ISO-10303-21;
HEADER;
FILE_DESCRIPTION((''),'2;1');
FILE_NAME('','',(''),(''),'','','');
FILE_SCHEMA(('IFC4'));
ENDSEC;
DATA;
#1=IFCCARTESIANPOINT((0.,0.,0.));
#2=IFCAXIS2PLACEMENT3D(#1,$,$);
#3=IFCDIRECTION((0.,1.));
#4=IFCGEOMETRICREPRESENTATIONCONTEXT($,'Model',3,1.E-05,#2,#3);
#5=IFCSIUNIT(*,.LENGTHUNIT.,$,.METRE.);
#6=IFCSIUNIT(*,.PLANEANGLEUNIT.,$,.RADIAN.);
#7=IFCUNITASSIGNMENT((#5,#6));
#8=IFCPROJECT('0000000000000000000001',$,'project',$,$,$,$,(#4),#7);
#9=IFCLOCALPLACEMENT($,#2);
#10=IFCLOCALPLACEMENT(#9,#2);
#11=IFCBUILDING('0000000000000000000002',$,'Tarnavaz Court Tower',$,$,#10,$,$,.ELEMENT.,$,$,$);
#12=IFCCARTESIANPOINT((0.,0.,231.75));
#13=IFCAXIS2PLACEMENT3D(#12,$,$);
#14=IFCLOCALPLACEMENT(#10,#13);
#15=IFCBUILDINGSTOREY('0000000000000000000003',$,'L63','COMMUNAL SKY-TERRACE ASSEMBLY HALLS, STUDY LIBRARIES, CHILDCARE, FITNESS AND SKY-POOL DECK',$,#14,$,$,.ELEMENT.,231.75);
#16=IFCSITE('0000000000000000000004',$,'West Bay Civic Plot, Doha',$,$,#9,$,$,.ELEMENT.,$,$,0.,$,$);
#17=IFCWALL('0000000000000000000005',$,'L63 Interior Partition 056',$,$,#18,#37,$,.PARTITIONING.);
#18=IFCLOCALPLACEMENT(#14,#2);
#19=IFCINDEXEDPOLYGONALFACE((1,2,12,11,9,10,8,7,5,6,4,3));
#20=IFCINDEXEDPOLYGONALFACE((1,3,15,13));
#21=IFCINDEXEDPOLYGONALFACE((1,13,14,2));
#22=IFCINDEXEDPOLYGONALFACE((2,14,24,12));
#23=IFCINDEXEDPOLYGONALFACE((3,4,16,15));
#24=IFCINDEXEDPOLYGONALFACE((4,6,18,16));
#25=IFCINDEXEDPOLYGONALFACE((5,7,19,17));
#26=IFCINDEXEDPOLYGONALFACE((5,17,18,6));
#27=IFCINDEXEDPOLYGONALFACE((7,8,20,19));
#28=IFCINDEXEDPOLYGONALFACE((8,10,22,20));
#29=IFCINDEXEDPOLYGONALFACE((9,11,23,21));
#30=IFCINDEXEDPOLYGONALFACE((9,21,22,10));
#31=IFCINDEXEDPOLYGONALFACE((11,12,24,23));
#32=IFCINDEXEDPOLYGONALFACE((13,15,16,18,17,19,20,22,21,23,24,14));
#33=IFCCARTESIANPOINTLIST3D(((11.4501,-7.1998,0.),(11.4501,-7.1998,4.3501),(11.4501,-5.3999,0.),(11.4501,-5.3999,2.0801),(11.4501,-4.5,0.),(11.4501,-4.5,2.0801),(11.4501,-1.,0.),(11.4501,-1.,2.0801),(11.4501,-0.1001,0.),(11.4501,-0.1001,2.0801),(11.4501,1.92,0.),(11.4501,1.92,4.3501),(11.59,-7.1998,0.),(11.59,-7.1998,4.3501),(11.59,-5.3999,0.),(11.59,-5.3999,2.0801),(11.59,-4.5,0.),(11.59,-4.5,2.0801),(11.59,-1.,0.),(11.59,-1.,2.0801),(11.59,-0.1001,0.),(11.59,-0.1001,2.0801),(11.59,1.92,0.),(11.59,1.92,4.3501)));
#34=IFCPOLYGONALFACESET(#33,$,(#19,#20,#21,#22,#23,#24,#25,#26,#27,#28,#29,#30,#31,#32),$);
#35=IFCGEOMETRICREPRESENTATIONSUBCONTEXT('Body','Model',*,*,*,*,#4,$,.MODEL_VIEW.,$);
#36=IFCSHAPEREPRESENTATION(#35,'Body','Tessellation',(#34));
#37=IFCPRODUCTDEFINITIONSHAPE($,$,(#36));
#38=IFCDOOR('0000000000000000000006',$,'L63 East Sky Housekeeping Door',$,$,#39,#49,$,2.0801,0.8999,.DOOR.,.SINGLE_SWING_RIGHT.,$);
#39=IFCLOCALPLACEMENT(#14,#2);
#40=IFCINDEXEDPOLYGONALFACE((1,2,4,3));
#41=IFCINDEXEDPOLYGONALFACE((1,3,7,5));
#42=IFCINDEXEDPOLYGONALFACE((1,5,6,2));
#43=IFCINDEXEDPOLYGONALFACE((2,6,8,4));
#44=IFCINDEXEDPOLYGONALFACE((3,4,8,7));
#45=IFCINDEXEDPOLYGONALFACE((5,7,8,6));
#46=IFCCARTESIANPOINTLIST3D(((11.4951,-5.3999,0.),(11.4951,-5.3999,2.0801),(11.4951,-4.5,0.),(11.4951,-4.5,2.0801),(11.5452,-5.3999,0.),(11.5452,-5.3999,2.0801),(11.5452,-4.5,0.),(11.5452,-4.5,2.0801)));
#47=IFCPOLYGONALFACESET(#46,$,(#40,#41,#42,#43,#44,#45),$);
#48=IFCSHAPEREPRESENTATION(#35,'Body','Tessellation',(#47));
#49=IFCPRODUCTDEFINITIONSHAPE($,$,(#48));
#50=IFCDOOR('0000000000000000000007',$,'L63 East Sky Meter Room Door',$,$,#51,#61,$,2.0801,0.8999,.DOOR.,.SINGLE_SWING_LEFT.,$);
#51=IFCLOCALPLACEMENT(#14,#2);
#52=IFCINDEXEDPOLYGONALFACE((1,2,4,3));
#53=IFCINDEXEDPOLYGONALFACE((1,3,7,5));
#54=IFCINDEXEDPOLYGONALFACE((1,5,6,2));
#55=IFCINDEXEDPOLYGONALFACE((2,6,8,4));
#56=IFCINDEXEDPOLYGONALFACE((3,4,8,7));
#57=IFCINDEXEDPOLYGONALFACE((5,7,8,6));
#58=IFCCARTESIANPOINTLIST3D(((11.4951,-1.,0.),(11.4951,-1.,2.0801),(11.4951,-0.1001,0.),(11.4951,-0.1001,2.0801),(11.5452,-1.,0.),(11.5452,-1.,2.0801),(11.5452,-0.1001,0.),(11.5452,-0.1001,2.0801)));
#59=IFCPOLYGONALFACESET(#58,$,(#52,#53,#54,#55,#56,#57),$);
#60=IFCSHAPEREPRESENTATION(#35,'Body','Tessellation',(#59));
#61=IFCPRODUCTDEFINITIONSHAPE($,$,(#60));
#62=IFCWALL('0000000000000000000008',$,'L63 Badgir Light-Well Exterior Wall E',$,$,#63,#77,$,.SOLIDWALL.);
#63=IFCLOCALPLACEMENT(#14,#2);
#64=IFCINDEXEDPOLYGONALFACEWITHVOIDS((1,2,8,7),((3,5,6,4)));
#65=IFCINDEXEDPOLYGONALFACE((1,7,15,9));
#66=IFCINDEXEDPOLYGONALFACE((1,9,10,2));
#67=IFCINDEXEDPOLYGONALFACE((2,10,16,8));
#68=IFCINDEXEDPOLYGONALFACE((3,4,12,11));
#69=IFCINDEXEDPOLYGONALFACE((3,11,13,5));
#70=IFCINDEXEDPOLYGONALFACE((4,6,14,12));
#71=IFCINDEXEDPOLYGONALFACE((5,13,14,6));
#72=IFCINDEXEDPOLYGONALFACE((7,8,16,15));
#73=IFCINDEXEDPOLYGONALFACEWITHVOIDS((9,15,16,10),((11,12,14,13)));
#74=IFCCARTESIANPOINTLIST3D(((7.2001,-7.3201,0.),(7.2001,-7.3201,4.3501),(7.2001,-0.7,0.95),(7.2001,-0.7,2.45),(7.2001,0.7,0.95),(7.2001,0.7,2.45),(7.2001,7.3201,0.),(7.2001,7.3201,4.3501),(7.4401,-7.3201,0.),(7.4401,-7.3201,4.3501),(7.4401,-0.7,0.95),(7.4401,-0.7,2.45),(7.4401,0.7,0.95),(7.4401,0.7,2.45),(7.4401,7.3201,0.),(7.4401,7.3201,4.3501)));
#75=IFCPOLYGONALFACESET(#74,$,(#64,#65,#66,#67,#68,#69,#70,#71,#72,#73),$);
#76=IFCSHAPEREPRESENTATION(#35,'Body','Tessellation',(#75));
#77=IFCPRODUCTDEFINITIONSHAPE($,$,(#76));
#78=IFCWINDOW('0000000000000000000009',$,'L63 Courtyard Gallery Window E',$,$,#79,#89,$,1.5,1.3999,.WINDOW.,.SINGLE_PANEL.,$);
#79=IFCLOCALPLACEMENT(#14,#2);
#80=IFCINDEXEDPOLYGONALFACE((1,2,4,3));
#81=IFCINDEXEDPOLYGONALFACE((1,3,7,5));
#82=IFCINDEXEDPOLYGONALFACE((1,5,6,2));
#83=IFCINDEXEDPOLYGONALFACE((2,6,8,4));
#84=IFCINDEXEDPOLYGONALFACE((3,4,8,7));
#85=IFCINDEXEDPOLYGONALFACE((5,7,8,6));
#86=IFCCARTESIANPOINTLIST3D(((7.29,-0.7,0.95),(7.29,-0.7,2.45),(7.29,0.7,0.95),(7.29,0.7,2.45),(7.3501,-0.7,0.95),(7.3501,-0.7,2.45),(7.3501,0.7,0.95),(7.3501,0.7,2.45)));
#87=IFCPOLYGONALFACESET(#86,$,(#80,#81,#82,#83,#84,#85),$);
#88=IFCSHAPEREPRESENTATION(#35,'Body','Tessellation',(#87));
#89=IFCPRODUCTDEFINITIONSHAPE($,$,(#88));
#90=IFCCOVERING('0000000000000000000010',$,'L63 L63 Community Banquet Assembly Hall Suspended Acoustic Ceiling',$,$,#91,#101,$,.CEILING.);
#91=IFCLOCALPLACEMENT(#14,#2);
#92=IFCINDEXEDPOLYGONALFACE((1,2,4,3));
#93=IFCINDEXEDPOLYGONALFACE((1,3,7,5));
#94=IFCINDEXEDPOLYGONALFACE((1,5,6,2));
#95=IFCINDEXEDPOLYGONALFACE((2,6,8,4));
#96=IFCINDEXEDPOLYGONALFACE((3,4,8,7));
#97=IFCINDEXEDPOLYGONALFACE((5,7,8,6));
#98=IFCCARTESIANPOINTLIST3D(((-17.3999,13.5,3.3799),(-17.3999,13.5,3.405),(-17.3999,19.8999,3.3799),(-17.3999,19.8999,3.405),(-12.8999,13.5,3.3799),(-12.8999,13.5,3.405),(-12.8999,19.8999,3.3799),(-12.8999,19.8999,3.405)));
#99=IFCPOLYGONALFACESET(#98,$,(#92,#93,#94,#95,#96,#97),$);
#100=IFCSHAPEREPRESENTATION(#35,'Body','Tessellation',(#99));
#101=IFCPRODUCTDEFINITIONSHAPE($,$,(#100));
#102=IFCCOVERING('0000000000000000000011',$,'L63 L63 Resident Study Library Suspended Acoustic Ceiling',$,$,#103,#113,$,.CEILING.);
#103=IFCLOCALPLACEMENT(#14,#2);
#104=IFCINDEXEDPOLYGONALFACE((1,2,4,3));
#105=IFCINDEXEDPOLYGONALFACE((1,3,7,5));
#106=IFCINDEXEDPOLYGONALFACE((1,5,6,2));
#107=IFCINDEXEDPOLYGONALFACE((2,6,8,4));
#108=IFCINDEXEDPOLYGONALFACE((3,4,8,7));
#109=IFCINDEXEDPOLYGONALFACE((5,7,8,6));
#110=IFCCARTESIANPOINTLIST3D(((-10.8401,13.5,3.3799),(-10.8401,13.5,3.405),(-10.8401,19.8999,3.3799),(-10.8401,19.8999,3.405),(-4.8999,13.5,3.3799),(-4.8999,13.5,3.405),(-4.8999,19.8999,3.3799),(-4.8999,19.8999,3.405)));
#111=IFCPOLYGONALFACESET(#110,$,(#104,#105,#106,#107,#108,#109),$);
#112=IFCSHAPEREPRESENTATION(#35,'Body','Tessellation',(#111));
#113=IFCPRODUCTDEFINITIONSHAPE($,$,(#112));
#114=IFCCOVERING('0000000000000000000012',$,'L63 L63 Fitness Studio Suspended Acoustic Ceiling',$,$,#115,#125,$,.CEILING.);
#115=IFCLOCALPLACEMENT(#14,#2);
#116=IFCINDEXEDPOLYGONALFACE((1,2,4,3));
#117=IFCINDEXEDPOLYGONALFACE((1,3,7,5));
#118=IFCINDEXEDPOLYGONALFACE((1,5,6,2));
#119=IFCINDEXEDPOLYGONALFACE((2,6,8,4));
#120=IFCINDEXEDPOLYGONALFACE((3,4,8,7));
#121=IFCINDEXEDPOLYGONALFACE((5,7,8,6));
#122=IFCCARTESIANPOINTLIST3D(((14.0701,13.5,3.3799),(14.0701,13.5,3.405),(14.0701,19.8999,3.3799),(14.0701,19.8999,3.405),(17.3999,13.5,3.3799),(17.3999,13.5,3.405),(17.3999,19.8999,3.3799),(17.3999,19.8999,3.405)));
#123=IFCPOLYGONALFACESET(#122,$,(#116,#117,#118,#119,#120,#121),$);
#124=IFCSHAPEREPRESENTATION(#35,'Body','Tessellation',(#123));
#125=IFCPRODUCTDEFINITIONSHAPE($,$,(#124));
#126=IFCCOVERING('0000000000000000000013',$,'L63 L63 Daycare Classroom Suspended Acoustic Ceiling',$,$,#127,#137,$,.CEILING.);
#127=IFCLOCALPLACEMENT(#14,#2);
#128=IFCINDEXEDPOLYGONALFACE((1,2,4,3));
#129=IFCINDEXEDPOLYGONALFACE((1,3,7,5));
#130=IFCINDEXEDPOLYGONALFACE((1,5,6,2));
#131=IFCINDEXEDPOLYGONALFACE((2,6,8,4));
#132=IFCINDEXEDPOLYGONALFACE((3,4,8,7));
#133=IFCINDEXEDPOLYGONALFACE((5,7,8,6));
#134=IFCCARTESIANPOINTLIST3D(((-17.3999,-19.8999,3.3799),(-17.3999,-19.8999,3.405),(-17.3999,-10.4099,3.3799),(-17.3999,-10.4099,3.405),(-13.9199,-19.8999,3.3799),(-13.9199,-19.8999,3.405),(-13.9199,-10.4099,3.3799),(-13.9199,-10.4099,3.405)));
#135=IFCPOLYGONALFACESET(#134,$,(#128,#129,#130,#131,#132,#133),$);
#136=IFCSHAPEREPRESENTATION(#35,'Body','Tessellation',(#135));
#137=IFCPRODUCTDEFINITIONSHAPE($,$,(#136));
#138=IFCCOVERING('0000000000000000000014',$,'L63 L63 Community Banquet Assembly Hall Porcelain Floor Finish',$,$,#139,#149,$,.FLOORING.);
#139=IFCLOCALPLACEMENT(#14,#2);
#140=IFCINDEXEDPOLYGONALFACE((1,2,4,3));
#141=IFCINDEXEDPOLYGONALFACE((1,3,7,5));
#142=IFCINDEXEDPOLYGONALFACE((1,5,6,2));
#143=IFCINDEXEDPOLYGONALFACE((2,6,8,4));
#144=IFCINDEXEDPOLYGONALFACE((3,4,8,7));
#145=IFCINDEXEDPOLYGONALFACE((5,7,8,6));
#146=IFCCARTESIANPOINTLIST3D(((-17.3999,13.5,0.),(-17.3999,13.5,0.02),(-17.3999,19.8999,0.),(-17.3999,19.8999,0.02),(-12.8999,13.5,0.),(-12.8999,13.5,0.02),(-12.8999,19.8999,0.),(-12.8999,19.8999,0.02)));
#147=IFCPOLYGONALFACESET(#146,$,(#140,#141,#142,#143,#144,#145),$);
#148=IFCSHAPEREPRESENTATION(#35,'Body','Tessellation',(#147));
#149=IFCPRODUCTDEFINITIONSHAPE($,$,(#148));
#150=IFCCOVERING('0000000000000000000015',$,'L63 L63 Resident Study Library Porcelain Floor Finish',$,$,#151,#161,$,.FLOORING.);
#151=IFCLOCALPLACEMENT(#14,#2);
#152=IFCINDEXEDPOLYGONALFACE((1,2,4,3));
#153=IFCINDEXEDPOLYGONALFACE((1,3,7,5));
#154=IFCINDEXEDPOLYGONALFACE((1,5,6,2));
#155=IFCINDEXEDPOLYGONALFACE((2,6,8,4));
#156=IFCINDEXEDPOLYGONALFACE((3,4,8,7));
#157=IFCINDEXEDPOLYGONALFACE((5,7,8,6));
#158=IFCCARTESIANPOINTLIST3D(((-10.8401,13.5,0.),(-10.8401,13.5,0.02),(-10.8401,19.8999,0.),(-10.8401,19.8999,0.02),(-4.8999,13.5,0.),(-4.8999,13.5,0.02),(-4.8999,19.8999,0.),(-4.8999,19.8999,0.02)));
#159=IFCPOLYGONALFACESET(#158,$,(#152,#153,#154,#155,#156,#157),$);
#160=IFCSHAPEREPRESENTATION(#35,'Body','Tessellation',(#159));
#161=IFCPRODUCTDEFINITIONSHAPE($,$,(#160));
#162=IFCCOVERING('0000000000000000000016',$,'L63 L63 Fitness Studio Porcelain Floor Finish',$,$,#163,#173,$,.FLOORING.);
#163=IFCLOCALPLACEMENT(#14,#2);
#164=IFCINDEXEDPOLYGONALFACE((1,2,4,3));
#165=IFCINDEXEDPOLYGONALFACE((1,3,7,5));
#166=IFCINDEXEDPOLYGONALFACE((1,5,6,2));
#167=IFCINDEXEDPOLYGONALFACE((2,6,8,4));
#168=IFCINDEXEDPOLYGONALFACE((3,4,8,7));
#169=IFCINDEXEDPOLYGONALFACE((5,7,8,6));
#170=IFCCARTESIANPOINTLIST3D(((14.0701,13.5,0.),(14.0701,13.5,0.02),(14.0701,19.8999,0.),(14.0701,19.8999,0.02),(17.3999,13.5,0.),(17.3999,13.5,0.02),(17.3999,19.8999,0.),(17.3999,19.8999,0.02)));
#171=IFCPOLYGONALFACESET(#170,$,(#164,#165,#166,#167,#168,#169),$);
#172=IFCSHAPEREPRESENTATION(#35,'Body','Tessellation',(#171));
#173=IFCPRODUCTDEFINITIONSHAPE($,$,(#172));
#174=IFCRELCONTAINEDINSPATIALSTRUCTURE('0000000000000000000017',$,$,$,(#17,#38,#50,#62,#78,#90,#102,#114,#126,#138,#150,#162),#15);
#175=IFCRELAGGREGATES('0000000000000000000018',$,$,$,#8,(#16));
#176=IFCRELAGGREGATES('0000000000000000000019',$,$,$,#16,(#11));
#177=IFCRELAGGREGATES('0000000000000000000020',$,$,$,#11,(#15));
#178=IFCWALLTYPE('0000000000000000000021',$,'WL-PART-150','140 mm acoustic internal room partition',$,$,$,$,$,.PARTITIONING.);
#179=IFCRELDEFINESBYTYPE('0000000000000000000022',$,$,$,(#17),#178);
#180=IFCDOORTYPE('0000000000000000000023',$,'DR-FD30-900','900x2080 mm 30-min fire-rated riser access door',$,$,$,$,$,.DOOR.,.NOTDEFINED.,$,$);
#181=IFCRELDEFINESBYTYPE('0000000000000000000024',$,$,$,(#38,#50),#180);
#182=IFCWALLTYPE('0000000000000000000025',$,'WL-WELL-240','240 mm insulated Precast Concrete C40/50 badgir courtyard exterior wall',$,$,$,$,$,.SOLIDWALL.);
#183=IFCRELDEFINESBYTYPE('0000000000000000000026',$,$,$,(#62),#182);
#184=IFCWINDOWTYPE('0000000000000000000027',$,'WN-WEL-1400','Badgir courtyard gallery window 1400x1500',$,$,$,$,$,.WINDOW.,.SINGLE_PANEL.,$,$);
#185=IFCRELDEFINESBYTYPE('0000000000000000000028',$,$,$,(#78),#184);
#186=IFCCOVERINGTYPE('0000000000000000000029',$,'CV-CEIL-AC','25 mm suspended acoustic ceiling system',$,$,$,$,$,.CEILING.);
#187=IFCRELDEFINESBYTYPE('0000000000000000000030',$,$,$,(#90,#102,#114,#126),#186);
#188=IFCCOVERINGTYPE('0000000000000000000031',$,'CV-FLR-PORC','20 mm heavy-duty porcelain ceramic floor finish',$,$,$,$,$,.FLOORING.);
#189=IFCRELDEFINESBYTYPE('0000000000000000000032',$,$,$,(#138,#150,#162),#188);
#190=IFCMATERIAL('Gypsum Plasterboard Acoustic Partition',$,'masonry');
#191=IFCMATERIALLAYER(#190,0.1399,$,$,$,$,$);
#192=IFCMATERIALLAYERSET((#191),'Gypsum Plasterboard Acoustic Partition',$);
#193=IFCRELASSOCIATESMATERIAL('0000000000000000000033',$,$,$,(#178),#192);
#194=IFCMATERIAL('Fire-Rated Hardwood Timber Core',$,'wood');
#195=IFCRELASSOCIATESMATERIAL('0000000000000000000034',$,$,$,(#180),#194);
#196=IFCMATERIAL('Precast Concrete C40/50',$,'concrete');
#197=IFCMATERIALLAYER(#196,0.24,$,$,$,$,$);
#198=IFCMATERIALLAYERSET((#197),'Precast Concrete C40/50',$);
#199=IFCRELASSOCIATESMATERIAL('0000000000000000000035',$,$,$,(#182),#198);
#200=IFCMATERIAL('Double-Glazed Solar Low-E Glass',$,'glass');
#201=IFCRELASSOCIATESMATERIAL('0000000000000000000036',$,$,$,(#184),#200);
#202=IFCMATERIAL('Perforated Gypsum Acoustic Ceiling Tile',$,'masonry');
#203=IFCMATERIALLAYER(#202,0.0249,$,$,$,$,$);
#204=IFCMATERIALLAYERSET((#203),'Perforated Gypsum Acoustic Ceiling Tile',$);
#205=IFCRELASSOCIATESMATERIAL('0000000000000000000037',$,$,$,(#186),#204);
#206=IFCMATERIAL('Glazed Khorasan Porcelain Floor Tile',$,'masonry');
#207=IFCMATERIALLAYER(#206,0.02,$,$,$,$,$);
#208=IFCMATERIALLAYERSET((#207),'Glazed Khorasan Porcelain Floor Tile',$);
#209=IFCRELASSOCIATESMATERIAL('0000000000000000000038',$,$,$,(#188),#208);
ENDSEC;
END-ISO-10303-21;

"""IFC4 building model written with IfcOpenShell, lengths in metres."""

from ifc_helpers import new_model, si_unit, direction, frame, frame_2d, origin, place, context, subcontext, project, spatial, polyline, rectangle, outline, extrude, material, layer, layer_set, type_object, element, fill, save


model = new_model("IFC4")

# Units and contexts
model_context = context("Model", 3, precision=1e-05, world=origin(), true_north=direction((0.0, 1.0)))
body_context = subcontext(model_context, "Body", "Model", "MODEL_VIEW")
ifc_project = project(units=[si_unit("LENGTHUNIT", "METRE"), si_unit("PLANEANGLEUNIT", "RADIAN")], contexts=[model_context])

# Site, building, storey
site_placement = place(None, origin())
site = spatial("IfcSite", under=ifc_project, at=site_placement, Name="West Bay Civic Plot, Doha", CompositionType="ELEMENT", RefElevation=0.0)
building_placement = place(site_placement, origin())
building = spatial("IfcBuilding", under=site, at=building_placement, Name="Tarnavaz Court Tower", CompositionType="ELEMENT")
storey_placement = place(building_placement, frame((0.0, 0.0, 231.75)))
storey = spatial("IfcBuildingStorey", under=building, at=storey_placement, Name="L63", Description="COMMUNAL SKY-TERRACE ASSEMBLY HALLS, STUDY LIBRARIES, CHILDCARE, FITNESS AND SKY-POOL DECK", CompositionType="ELEMENT", Elevation=231.75)

# Shared definitions
ifc_material_1 = material(Name="Double-Glazed Solar Low-E Glass", Category="glass")

# Wall, openings, doors
ifc_material_2 = material(Name="Gypsum Plasterboard Acoustic Partition", Category="masonry")
ifc_layer_1 = layer(ifc_material_2, 0.1399)
ifc_layer_set_1 = layer_set([ifc_layer_1], Name="Gypsum Plasterboard Acoustic Partition")
wall_type_1 = type_object("IfcWallType", Name="WL-PART-150", Description="140 mm acoustic internal room partition", PredefinedType="PARTITIONING", material=ifc_layer_set_1)
wall_1_placement = place(storey_placement, frame((11.52, -7.2, 0.0), z_axis=(0.0, 0.0, 1.0), x_axis=(0.0, 1.0, 0.0)))
wall_1 = element("IfcWall", 1, at=wall_1_placement, inside=storey, type_object=wall_type_1, Name="L63 Interior Partition 056", PredefinedType="PARTITIONING", context=body_context, shape_type="SweptSolid", body=[
    extrude(rectangle(XDim=9.1199, YDim=0.1399, at=frame_2d((4.5601, 0.0))), origin(), (0.0, 0.0, 1.0), 4.3501),
])
opening_1_placement = place(wall_1_placement, frame((1.8, 0.0, 0.0)))
opening_1 = element("IfcOpeningElement", 2, at=opening_1_placement, cuts=wall_1, PredefinedType="OPENING", context=body_context, shape_type="SweptSolid", body=[
    extrude(rectangle(XDim=0.8999, YDim=2.0801, at=frame_2d((0.45, 1.04))), frame((0.0, 0.0798, 0.0), z_axis=(0.0, -1.0, 0.0), x_axis=(1.0, 0.0, 0.0)), (0.0, 0.0, 1.0), 0.1599),
])
opening_2_placement = place(wall_1_placement, frame((6.2, 0.0, 0.0)))
opening_2 = element("IfcOpeningElement", 3, at=opening_2_placement, cuts=wall_1, PredefinedType="OPENING", context=body_context, shape_type="SweptSolid", body=[
    extrude(rectangle(XDim=0.8999, YDim=2.0801, at=frame_2d((0.45, 1.04))), frame((0.0, 0.0798, 0.0), z_axis=(0.0, -1.0, 0.0), x_axis=(1.0, 0.0, 0.0)), (0.0, 0.0, 1.0), 0.1599),
])
ifc_material_3 = material(Name="Fire-Rated Hardwood Timber Core", Category="wood")
door_type = type_object("IfcDoorType", Name="DR-FD30-900", Description="900x2080 mm 30-min fire-rated riser access door", OperationType="NOTDEFINED", PredefinedType="DOOR", material=ifc_material_3)
door_1_placement = place(opening_1_placement, origin())
door_1 = element("IfcDoor", 4, at=door_1_placement, inside=storey, type_object=door_type, Name="L63 East Sky Housekeeping Door", OperationType="SINGLE_SWING_RIGHT", OverallHeight=2.0801, OverallWidth=0.8999, PredefinedType="DOOR", context=body_context, shape_type="SweptSolid", body=[
    extrude(rectangle(XDim=0.8999, YDim=2.0801, at=frame_2d((0.45, 1.04))), frame((0.0, 0.0249, 0.0), z_axis=(0.0, -1.0, 0.0), x_axis=(1.0, 0.0, 0.0)), (0.0, 0.0, 1.0), 0.05),
])
fill(opening_1, door_1)
door_2_placement = place(opening_2_placement, origin())
door_2 = element("IfcDoor", 5, at=door_2_placement, inside=storey, type_object=door_type, Name="L63 East Sky Meter Room Door", OperationType="SINGLE_SWING_LEFT", OverallHeight=2.0801, OverallWidth=0.8999, PredefinedType="DOOR", context=body_context, shape_type="SweptSolid", body=[
    extrude(rectangle(XDim=0.8999, YDim=2.0801, at=frame_2d((0.45, 1.04))), frame((0.0, 0.0249, 0.0), z_axis=(0.0, -1.0, 0.0), x_axis=(1.0, 0.0, 0.0)), (0.0, 0.0, 1.0), 0.05),
])
fill(opening_2, door_2)

# Wall, opening, window
ifc_material_4 = material(Name="Precast Concrete C40/50", Category="concrete")
ifc_layer_2 = layer(ifc_material_4, 0.24)
ifc_layer_set_2 = layer_set([ifc_layer_2], Name="Precast Concrete C40/50")
wall_type_2 = type_object("IfcWallType", Name="WL-WELL-240", Description="240 mm insulated Precast Concrete C40/50 badgir courtyard exterior wall", PredefinedType="SOLIDWALL", material=ifc_layer_set_2)
wall_2_placement = place(storey_placement, frame((7.3201, -7.3201, 0.0), z_axis=(0.0, 0.0, 1.0), x_axis=(0.0, 1.0, 0.0)))
wall_2 = element("IfcWall", 6, at=wall_2_placement, inside=storey, type_object=wall_type_2, Name="L63 Badgir Light-Well Exterior Wall E", PredefinedType="SOLIDWALL", context=body_context, shape_type="SweptSolid", body=[
    extrude(rectangle(XDim=14.6401, YDim=0.24, at=frame_2d((7.3201, 0.0))), origin(), (0.0, 0.0, 1.0), 4.3501),
])
opening_3_placement = place(wall_2_placement, frame((6.6201, 0.0, 0.95)))
opening_3 = element("IfcOpeningElement", 7, at=opening_3_placement, cuts=wall_2, PredefinedType="OPENING", context=body_context, shape_type="SweptSolid", body=[
    extrude(rectangle(XDim=1.3999, YDim=1.5, at=frame_2d((0.7, 0.75))), frame((0.0, 0.1299, 0.0), z_axis=(0.0, -1.0, 0.0), x_axis=(1.0, 0.0, 0.0)), (0.0, 0.0, 1.0), 0.26),
])
window_type = type_object("IfcWindowType", Name="WN-WEL-1400", Description="Badgir courtyard gallery window 1400x1500", PartitioningType="SINGLE_PANEL", PredefinedType="WINDOW", material=ifc_material_1)
window_placement = place(opening_3_placement, origin())
window = element("IfcWindow", 8, at=window_placement, inside=storey, type_object=window_type, Name="L63 Courtyard Gallery Window E", OverallHeight=1.5, OverallWidth=1.3999, PartitioningType="SINGLE_PANEL", PredefinedType="WINDOW", context=body_context, shape_type="SweptSolid", body=[
    extrude(rectangle(XDim=1.3999, YDim=1.5, at=frame_2d((0.7, 0.75))), frame((0.0, 0.03, 0.0), z_axis=(0.0, -1.0, 0.0), x_axis=(1.0, 0.0, 0.0)), (0.0, 0.0, 1.0), 0.0601),
])
fill(opening_3, window)

# Coverings
ifc_material_5 = material(Name="Perforated Gypsum Acoustic Ceiling Tile", Category="masonry")
ifc_layer_3 = layer(ifc_material_5, 0.0249)
ifc_layer_set_3 = layer_set([ifc_layer_3], Name="Perforated Gypsum Acoustic Ceiling Tile")
covering_type_1 = type_object("IfcCoveringType", Name="CV-CEIL-AC", Description="25 mm suspended acoustic ceiling system", PredefinedType="CEILING", material=ifc_layer_set_3)
covering_1_placement = place(storey_placement, frame((0.0, 0.0, 3.3799)))
element("IfcCovering", 9, at=covering_1_placement, inside=storey, type_object=covering_type_1, Name="L63 L63 Community Banquet Assembly Hall Suspended Acoustic Ceiling", PredefinedType="CEILING", context=body_context, shape_type="SweptSolid", body=[
    extrude(outline(polyline([(-17.3999, 13.5), (-12.8999, 13.5), (-12.8999, 19.8999), (-17.3999, 19.8999), (-17.3999, 13.5)])), origin(), (0.0, 0.0, 1.0), 0.0251),
])
covering_2_placement = place(storey_placement, frame((0.0, 0.0, 3.3799)))
element("IfcCovering", 10, at=covering_2_placement, inside=storey, type_object=covering_type_1, Name="L63 L63 Resident Study Library Suspended Acoustic Ceiling", PredefinedType="CEILING", context=body_context, shape_type="SweptSolid", body=[
    extrude(outline(polyline([(-10.8401, 13.5), (-4.8999, 13.5), (-4.8999, 19.8999), (-10.8401, 19.8999), (-10.8401, 13.5)])), origin(), (0.0, 0.0, 1.0), 0.0251),
])
covering_3_placement = place(storey_placement, frame((0.0, 0.0, 3.3799)))
element("IfcCovering", 11, at=covering_3_placement, inside=storey, type_object=covering_type_1, Name="L63 L63 Fitness Studio Suspended Acoustic Ceiling", PredefinedType="CEILING", context=body_context, shape_type="SweptSolid", body=[
    extrude(outline(polyline([(14.0701, 13.5), (17.3999, 13.5), (17.3999, 19.8999), (14.0701, 19.8999), (14.0701, 13.5)])), origin(), (0.0, 0.0, 1.0), 0.0251),
])
covering_4_placement = place(storey_placement, frame((0.0, 0.0, 3.3799)))
element("IfcCovering", 12, at=covering_4_placement, inside=storey, type_object=covering_type_1, Name="L63 L63 Daycare Classroom Suspended Acoustic Ceiling", PredefinedType="CEILING", context=body_context, shape_type="SweptSolid", body=[
    extrude(outline(polyline([(-17.3999, -19.8999), (-13.9199, -19.8999), (-13.9199, -10.4099), (-17.3999, -10.4099), (-17.3999, -19.8999)])), origin(), (0.0, 0.0, 1.0), 0.0251),
])
ifc_material_6 = material(Name="Glazed Khorasan Porcelain Floor Tile", Category="masonry")
ifc_layer_4 = layer(ifc_material_6, 0.02)
ifc_layer_set_4 = layer_set([ifc_layer_4], Name="Glazed Khorasan Porcelain Floor Tile")
covering_type_2 = type_object("IfcCoveringType", Name="CV-FLR-PORC", Description="20 mm heavy-duty porcelain ceramic floor finish", PredefinedType="FLOORING", material=ifc_layer_set_4)
covering_5_placement = place(storey_placement, origin())
element("IfcCovering", 13, at=covering_5_placement, inside=storey, type_object=covering_type_2, Name="L63 L63 Community Banquet Assembly Hall Porcelain Floor Finish", PredefinedType="FLOORING", context=body_context, shape_type="SweptSolid", body=[
    extrude(outline(polyline([(-17.3999, 13.5), (-12.8999, 13.5), (-12.8999, 19.8999), (-17.3999, 19.8999), (-17.3999, 13.5)])), origin(), (0.0, 0.0, 1.0), 0.02),
])
covering_6_placement = place(storey_placement, origin())
element("IfcCovering", 14, at=covering_6_placement, inside=storey, type_object=covering_type_2, Name="L63 L63 Resident Study Library Porcelain Floor Finish", PredefinedType="FLOORING", context=body_context, shape_type="SweptSolid", body=[
    extrude(outline(polyline([(-10.8401, 13.5), (-4.8999, 13.5), (-4.8999, 19.8999), (-10.8401, 19.8999), (-10.8401, 13.5)])), origin(), (0.0, 0.0, 1.0), 0.02),
])
covering_7_placement = place(storey_placement, origin())
element("IfcCovering", 15, at=covering_7_placement, inside=storey, type_object=covering_type_2, Name="L63 L63 Fitness Studio Porcelain Floor Finish", PredefinedType="FLOORING", context=body_context, shape_type="SweptSolid", body=[
    extrude(outline(polyline([(14.0701, 13.5), (17.3999, 13.5), (17.3999, 19.8999), (14.0701, 19.8999), (14.0701, 13.5)])), origin(), (0.0, 0.0, 1.0), 0.02),
])

save(model, "model.ifc")
